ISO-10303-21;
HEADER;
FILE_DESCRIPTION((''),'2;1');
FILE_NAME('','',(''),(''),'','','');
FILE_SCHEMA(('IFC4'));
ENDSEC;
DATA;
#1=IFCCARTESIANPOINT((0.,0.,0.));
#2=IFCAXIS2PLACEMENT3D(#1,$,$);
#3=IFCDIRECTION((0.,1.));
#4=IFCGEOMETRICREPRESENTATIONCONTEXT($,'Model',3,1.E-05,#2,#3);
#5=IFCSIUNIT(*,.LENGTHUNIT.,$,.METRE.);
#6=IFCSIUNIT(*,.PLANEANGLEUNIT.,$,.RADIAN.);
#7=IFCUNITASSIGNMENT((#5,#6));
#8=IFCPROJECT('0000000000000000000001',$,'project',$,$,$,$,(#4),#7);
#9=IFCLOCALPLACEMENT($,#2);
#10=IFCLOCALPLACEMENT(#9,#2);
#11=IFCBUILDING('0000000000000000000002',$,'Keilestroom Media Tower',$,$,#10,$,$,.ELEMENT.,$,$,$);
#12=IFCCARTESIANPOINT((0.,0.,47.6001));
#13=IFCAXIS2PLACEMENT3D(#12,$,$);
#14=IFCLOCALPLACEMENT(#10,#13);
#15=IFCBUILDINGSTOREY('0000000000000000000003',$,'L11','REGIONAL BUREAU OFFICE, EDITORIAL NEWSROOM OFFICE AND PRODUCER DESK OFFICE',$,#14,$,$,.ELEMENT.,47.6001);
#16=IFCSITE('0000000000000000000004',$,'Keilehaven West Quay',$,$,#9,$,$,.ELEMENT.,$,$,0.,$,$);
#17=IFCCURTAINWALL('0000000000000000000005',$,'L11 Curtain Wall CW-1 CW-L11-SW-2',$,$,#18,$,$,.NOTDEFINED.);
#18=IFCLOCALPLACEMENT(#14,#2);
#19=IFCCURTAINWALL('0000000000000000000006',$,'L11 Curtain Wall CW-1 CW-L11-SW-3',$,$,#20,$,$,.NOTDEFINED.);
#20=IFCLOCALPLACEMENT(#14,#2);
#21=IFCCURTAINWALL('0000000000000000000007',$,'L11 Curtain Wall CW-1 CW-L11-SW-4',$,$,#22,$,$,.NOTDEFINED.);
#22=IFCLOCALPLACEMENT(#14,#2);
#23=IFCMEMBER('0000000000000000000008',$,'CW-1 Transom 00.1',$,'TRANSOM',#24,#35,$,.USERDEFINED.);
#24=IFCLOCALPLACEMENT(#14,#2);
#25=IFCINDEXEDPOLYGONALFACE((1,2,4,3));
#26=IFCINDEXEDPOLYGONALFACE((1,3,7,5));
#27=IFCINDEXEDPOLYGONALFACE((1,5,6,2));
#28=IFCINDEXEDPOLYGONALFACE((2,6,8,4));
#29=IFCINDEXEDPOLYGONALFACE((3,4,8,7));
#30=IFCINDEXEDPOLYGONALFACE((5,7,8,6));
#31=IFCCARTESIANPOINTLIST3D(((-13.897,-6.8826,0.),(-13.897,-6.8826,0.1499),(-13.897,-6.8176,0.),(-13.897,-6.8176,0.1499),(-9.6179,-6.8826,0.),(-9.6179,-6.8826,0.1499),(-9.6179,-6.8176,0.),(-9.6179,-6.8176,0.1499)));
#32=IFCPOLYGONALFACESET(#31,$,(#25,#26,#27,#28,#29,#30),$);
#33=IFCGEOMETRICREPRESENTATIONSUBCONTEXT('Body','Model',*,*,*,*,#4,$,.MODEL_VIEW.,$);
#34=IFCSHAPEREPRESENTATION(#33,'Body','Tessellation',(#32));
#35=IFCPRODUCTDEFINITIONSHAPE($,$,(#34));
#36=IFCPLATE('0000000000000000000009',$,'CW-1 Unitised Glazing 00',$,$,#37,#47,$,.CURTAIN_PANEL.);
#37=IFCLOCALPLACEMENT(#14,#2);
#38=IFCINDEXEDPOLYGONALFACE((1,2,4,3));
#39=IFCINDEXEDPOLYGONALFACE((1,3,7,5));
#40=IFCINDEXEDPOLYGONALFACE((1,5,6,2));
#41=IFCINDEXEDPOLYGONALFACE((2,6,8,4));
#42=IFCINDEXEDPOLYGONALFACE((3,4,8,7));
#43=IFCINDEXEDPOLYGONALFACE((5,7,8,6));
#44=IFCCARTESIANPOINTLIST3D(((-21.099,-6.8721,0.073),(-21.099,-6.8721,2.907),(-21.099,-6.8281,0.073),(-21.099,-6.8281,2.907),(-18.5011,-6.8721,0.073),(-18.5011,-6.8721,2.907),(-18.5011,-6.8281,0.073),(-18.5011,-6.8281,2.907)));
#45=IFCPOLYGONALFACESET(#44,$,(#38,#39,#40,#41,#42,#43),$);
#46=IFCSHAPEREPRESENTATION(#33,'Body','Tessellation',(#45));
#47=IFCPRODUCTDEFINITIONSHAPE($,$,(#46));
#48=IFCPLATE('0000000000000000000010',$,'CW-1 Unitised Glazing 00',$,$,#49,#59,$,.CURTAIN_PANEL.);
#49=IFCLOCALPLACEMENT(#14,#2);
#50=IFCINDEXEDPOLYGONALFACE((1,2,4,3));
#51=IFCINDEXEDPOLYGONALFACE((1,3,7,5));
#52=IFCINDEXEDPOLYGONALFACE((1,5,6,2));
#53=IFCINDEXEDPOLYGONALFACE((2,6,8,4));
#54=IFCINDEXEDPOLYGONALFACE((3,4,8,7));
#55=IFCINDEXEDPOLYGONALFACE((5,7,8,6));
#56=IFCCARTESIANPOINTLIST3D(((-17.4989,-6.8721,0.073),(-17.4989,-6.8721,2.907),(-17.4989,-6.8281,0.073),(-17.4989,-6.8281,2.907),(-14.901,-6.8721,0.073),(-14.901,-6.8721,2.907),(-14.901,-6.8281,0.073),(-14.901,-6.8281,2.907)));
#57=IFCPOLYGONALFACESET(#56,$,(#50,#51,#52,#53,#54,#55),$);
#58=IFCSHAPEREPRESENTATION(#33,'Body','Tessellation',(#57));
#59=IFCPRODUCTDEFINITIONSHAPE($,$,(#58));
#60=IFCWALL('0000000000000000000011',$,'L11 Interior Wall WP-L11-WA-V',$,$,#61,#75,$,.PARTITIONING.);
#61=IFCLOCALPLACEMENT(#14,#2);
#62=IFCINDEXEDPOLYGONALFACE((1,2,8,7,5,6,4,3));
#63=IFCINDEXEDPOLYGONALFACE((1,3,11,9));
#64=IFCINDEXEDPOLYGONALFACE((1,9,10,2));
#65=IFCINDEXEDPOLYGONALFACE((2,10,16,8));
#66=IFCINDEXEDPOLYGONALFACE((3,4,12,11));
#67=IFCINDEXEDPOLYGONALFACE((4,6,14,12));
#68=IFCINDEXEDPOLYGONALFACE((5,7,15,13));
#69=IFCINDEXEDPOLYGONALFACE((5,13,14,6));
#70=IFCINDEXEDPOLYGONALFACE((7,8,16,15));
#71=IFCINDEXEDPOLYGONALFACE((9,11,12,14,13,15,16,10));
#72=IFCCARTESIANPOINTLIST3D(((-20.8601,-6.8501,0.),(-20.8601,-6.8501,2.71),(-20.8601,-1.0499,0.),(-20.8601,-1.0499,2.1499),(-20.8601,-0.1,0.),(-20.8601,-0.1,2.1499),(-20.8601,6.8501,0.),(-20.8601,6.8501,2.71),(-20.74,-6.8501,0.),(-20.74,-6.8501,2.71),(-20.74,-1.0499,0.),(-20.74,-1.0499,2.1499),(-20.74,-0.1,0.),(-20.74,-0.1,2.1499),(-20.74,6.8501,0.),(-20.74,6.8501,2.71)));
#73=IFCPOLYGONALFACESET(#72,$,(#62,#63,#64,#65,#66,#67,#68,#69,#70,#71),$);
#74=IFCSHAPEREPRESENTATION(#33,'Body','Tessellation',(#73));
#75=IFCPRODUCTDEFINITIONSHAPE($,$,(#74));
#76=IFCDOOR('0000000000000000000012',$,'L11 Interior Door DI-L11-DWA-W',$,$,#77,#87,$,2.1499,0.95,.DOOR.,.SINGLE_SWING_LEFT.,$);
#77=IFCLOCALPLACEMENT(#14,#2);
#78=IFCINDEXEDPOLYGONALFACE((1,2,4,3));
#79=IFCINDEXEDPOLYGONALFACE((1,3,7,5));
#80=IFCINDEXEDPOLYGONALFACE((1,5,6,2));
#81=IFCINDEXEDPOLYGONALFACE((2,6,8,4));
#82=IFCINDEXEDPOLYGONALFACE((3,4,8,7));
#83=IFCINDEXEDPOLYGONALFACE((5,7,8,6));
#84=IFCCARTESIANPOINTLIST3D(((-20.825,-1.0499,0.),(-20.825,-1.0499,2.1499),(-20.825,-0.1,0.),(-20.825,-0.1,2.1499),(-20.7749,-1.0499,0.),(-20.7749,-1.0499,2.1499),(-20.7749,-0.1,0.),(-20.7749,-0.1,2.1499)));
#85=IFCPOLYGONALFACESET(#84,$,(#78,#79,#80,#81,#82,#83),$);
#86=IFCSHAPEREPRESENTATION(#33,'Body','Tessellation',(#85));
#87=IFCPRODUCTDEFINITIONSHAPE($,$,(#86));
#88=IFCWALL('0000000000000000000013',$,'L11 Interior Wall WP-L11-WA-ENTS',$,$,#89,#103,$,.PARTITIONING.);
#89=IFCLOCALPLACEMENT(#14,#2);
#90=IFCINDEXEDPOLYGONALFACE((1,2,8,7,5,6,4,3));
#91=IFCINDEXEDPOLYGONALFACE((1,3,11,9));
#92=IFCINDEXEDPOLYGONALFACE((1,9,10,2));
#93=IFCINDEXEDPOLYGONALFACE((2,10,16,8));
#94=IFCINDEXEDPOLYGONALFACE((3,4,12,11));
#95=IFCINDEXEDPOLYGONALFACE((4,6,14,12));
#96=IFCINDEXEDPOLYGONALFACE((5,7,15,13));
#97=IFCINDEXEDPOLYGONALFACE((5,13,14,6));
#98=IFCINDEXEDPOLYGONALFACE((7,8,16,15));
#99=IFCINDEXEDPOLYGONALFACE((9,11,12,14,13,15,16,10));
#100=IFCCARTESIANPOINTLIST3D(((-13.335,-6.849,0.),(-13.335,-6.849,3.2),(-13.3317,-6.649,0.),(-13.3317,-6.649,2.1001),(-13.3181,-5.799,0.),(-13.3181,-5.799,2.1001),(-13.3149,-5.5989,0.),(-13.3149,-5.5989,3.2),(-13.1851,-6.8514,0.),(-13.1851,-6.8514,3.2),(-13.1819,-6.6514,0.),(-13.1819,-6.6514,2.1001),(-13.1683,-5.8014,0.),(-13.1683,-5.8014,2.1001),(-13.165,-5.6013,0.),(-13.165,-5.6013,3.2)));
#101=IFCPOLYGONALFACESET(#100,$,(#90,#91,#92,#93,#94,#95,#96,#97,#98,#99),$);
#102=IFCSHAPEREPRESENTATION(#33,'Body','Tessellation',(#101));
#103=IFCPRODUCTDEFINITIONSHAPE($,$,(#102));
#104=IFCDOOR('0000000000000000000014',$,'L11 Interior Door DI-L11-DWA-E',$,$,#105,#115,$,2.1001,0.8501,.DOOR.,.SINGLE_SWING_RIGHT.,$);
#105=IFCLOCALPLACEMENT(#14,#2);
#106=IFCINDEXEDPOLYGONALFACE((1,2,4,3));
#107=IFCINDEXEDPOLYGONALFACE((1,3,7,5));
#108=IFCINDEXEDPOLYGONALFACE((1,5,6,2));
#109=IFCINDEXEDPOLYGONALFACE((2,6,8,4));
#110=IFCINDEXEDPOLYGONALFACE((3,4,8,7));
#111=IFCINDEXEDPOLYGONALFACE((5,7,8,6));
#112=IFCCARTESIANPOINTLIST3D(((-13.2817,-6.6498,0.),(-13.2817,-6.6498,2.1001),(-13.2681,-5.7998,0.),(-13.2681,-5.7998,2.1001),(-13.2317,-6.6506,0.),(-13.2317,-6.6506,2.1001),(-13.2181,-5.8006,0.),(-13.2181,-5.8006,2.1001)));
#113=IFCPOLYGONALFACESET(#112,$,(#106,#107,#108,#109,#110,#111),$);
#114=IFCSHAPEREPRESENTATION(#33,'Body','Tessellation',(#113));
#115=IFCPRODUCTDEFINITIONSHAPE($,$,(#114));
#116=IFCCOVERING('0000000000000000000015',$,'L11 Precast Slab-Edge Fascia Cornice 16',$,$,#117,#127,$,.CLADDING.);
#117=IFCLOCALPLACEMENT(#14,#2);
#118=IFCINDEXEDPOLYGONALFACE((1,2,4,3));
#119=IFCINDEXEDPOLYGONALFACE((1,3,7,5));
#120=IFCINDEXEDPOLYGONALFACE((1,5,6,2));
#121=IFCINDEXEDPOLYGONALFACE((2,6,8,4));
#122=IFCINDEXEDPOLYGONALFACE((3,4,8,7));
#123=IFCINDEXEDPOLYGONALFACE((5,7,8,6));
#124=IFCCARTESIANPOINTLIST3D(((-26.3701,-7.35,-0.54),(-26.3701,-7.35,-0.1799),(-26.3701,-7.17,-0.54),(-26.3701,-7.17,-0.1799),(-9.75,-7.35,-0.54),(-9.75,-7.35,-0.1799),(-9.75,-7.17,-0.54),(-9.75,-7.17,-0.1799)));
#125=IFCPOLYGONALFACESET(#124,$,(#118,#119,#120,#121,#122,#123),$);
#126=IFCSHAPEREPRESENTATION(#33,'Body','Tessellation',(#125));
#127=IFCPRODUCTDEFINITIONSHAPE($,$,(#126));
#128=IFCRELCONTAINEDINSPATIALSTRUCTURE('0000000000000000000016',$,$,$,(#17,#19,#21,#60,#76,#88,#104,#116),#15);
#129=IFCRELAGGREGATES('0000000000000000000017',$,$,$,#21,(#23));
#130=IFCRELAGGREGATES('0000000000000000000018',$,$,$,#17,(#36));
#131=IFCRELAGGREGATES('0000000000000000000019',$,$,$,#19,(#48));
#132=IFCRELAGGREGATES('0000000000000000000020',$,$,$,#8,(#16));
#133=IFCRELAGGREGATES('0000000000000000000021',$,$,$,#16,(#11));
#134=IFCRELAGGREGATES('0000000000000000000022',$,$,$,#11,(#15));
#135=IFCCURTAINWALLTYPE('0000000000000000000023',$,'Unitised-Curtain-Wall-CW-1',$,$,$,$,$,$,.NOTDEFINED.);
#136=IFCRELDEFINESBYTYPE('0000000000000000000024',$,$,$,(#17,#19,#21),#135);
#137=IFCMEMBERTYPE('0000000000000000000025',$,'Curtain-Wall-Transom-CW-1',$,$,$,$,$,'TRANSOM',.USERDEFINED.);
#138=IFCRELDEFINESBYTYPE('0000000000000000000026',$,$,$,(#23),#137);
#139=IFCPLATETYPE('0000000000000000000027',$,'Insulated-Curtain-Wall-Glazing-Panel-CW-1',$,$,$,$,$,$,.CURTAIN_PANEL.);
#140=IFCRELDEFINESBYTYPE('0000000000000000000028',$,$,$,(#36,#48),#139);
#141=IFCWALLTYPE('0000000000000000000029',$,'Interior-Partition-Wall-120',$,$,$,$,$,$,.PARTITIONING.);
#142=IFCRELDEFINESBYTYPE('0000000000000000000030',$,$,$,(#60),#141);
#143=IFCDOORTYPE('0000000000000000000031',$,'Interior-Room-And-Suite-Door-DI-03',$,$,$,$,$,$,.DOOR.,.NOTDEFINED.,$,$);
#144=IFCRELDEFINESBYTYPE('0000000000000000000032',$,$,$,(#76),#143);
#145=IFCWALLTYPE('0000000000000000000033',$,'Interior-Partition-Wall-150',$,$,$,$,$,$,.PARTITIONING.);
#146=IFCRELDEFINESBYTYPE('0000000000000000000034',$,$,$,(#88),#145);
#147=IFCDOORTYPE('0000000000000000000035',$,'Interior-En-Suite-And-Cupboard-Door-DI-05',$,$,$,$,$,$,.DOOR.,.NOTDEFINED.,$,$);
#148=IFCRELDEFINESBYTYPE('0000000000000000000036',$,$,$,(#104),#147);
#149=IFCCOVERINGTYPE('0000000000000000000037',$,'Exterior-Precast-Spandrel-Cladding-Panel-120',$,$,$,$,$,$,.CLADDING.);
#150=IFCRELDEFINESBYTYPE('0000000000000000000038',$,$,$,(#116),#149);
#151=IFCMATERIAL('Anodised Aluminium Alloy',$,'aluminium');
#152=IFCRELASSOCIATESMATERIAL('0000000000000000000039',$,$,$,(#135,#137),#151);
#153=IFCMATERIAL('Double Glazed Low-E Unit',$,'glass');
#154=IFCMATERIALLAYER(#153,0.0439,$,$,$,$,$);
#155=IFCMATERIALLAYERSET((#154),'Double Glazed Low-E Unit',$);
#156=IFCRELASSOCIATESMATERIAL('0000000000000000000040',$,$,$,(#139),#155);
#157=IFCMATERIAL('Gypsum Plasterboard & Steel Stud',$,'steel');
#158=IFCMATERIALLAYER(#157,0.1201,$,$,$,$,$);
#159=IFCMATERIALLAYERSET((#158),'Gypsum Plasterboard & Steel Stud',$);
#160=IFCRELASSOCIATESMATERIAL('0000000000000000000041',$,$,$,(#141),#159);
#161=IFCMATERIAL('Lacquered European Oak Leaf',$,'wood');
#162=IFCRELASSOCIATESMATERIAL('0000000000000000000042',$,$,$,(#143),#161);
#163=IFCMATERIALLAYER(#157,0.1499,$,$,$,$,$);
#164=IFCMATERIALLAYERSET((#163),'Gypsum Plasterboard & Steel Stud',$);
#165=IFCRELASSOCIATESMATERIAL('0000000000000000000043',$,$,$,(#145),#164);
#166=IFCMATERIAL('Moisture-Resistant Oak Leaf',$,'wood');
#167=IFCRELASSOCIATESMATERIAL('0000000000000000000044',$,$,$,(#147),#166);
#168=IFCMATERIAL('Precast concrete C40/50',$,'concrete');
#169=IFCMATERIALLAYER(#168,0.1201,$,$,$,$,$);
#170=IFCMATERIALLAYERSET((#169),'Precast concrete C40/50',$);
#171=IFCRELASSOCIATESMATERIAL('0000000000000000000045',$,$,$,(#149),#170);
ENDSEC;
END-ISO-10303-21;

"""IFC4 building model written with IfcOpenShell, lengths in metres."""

from ifc_helpers import new_model, si_unit, direction, frame, frame_2d, origin, origin_2d, place, context, subcontext, project, spatial, rectangle, extrude, source, transform, mapped, material, layer, layer_set, material_profile, profile_set, type_object, element, fill, aggregate, save


model = new_model("IFC4")

# Units and contexts
model_context = context("Model", 3, precision=1e-05, world=origin(), true_north=direction((0.0, 1.0)))
body_context = subcontext(model_context, "Body", "Model", "MODEL_VIEW")
ifc_project = project(units=[si_unit("LENGTHUNIT", "METRE"), si_unit("PLANEANGLEUNIT", "RADIAN")], contexts=[model_context])

# Site, building, storey
site_placement = place(None, origin())
site = spatial("IfcSite", under=ifc_project, at=site_placement, Name="Keilehaven West Quay", CompositionType="ELEMENT", RefElevation=0.0)
building_placement = place(site_placement, origin())
building = spatial("IfcBuilding", under=site, at=building_placement, Name="Keilestroom Media Tower", CompositionType="ELEMENT")
storey_placement = place(building_placement, frame((0.0, 0.0, 47.6001)))
storey = spatial("IfcBuildingStorey", under=building, at=storey_placement, Name="L11", Description="REGIONAL BUREAU OFFICE, EDITORIAL NEWSROOM OFFICE AND PRODUCER DESK OFFICE", CompositionType="ELEMENT", Elevation=47.6001)

# Shared definitions
ifc_material_1 = material(Name="Precast concrete C40/50", Category="concrete")

# Curtain walls
ifc_material_2 = material(Name="Anodised Aluminium Alloy", Category="aluminium")
curtain_wall_type = type_object("IfcCurtainWallType", Name="Unitised-Curtain-Wall-CW-1", PredefinedType="NOTDEFINED", material=ifc_material_2)
curtain_wall_1_placement = place(storey_placement, origin())
curtain_wall_1 = element("IfcCurtainWall", 1, at=curtain_wall_1_placement, inside=storey, type_object=curtain_wall_type, Name="L11 Curtain Wall CW-1 CW-L11-SW-2", PredefinedType="NOTDEFINED")
curtain_wall_2_placement = place(storey_placement, origin())
curtain_wall_2 = element("IfcCurtainWall", 2, at=curtain_wall_2_placement, inside=storey, type_object=curtain_wall_type, Name="L11 Curtain Wall CW-1 CW-L11-SW-3", PredefinedType="NOTDEFINED")

# Curtain wall
curtain_wall_3_placement = place(storey_placement, origin())
curtain_wall_3 = element("IfcCurtainWall", 3, at=curtain_wall_3_placement, inside=storey, type_object=curtain_wall_type, Name="L11 Curtain Wall CW-1 CW-L11-SW-4", PredefinedType="NOTDEFINED")

# Member
ifc_material_profile_1 = material_profile(ifc_material_2, rectangle(XDim=0.0649, YDim=0.1499, at=origin_2d()), Name="ALU TRANSOM 65x150")
ifc_profile_set_1 = profile_set([ifc_material_profile_1], Name="Anodised Aluminium Alloy")
member_type_1 = type_object("IfcMemberType", Name="Curtain-Wall-Transom-CW-1", ElementType="TRANSOM", PredefinedType="USERDEFINED", material=ifc_profile_set_1)
shared_shape_1 = source(origin(), body_context, "Body", "SweptSolid", [
    extrude(rectangle(XDim=0.0649, YDim=0.1499, at=origin_2d()), origin(), (0.0, 0.0, 1.0), 4.2791),
])
member_1_placement = place(storey_placement, frame((-13.897, -6.8501, 0.075), z_axis=(1.0, 0.0, 0.0), x_axis=(0.0, 1.0, 0.0)))
member_1 = element("IfcMember", 4, at=member_1_placement, type_object=member_type_1, Name="CW-1 Transom 00.1", ObjectType="TRANSOM", PredefinedType="USERDEFINED", context=body_context, shape_type="MappedRepresentation", body=[
    mapped(shared_shape_1, transform((0.0, 0.0, 0.0), x_axis=(1.0, 0.0, 0.0), y_axis=(0.0, 1.0, 0.0), z_axis=(0.0, 0.0, 1.0), scale=1.0)),
])
aggregate(curtain_wall_3, [member_1])

# Plates
ifc_material_3 = material(Name="Double Glazed Low-E Unit", Category="glass")
ifc_layer_1 = layer(ifc_material_3, 0.0439)
ifc_layer_set_1 = layer_set([ifc_layer_1], Name="Double Glazed Low-E Unit")
plate_type = type_object("IfcPlateType", Name="Insulated-Curtain-Wall-Glazing-Panel-CW-1", PredefinedType="CURTAIN_PANEL", material=ifc_layer_set_1)
shared_shape_2 = source(origin(), body_context, "Body", "SweptSolid", [
    extrude(rectangle(XDim=2.5979, YDim=0.0439, at=origin_2d()), origin(), (0.0, 0.0, 1.0), 2.834),
])
plate_1_placement = place(storey_placement, frame((-19.8, -6.8501, 0.073), z_axis=(0.0, 0.0, 1.0), x_axis=(1.0, 0.0, 0.0)))
plate_1 = element("IfcPlate", 5, at=plate_1_placement, type_object=plate_type, Name="CW-1 Unitised Glazing 00", PredefinedType="CURTAIN_PANEL", context=body_context, shape_type="MappedRepresentation", body=[
    mapped(shared_shape_2, transform((0.0, 0.0, 0.0), x_axis=(1.0, 0.0, 0.0), y_axis=(0.0, 1.0, 0.0), z_axis=(0.0, 0.0, 1.0), scale=1.0)),
])
aggregate(curtain_wall_1, [plate_1])
plate_2_placement = place(storey_placement, frame((-16.2, -6.8501, 0.073), z_axis=(0.0, 0.0, 1.0), x_axis=(1.0, 0.0, 0.0)))
plate_2 = element("IfcPlate", 6, at=plate_2_placement, type_object=plate_type, Name="CW-1 Unitised Glazing 00", PredefinedType="CURTAIN_PANEL", context=body_context, shape_type="MappedRepresentation", body=[
    mapped(shared_shape_2, transform((0.0, 0.0, 0.0), x_axis=(1.0, 0.0, 0.0), y_axis=(0.0, 1.0, 0.0), z_axis=(0.0, 0.0, 1.0), scale=1.0)),
])
aggregate(curtain_wall_2, [plate_2])

# Walls, openings, doors
ifc_material_4 = material(Name="Gypsum Plasterboard & Steel Stud", Category="steel")
ifc_layer_2 = layer(ifc_material_4, 0.1201)
ifc_layer_set_2 = layer_set([ifc_layer_2], Name="Gypsum Plasterboard & Steel Stud")
wall_type_1 = type_object("IfcWallType", Name="Interior-Partition-Wall-120", PredefinedType="PARTITIONING", material=ifc_layer_set_2)
wall_1_placement = place(storey_placement, frame((-20.8, -6.8501, 0.0), z_axis=(0.0, 0.0, 1.0), x_axis=(0.0, 1.0, 0.0)))
wall_1 = element("IfcWall", 7, at=wall_1_placement, inside=storey, type_object=wall_type_1, Name="L11 Interior Wall WP-L11-WA-V", PredefinedType="PARTITIONING", context=body_context, shape_type="SweptSolid", body=[
    extrude(rectangle(XDim=13.7002, YDim=0.1201, at=frame_2d((6.8501, 0.0))), origin(), (0.0, 0.0, 1.0), 2.71),
])
opening_1_placement = place(wall_1_placement, frame((5.8, 0.0, 0.0)))
opening_1 = element("IfcOpeningElement", 8, at=opening_1_placement, cuts=wall_1, PredefinedType="OPENING", context=body_context, shape_type="SweptSolid", body=[
    extrude(rectangle(XDim=0.95, YDim=2.1499, at=frame_2d((0.4751, 1.075))), frame((0.0, 0.0701, 0.0), z_axis=(0.0, -1.0, 0.0), x_axis=(1.0, 0.0, 0.0)), (0.0, 0.0, 1.0), 0.1401),
])
ifc_material_5 = material(Name="Lacquered European Oak Leaf", Category="wood")
door_type_1 = type_object("IfcDoorType", Name="Interior-Room-And-Suite-Door-DI-03", OperationType="NOTDEFINED", PredefinedType="DOOR", material=ifc_material_5)
shared_shape_3 = source(origin(), body_context, "Body", "SweptSolid", [
    extrude(rectangle(XDim=0.95, YDim=2.1499, at=frame_2d((0.4751, 1.075))), frame((0.0, 0.0249, 0.0), z_axis=(0.0, -1.0, 0.0), x_axis=(1.0, 0.0, 0.0)), (0.0, 0.0, 1.0), 0.05),
])
door_1_placement = place(opening_1_placement, origin())
door_1 = element("IfcDoor", 9, at=door_1_placement, inside=storey, type_object=door_type_1, Name="L11 Interior Door DI-L11-DWA-W", OperationType="SINGLE_SWING_LEFT", OverallHeight=2.1499, OverallWidth=0.95, PredefinedType="DOOR", context=body_context, shape_type="MappedRepresentation", body=[
    mapped(shared_shape_3, transform((0.0, 0.0, 0.0), x_axis=(1.0, 0.0, 0.0), y_axis=(0.0, 1.0, 0.0), z_axis=(0.0, 0.0, 1.0), scale=1.0)),
])
fill(opening_1, door_1)
ifc_layer_3 = layer(ifc_material_4, 0.1499)
ifc_layer_set_3 = layer_set([ifc_layer_3], Name="Gypsum Plasterboard & Steel Stud")
wall_type_2 = type_object("IfcWallType", Name="Interior-Partition-Wall-150", PredefinedType="PARTITIONING", material=ifc_layer_set_3)
wall_2_placement = place(storey_placement, frame((-13.26, -6.8501, 0.0), z_axis=(0.0, 0.0, 1.0), x_axis=(0.016014, 0.999872, 0.0)))
wall_2 = element("IfcWall", 10, at=wall_2_placement, inside=storey, type_object=wall_type_2, Name="L11 Interior Wall WP-L11-WA-ENTS", PredefinedType="PARTITIONING", context=body_context, shape_type="SweptSolid", body=[
    extrude(rectangle(XDim=1.2502, YDim=0.1499, at=frame_2d((0.625, 0.0))), origin(), (0.0, 0.0, 1.0), 3.2),
])
opening_2_placement = place(wall_2_placement, frame((0.2, 0.0, 0.0)))
opening_2 = element("IfcOpeningElement", 11, at=opening_2_placement, cuts=wall_2, PredefinedType="OPENING", context=body_context, shape_type="SweptSolid", body=[
    extrude(rectangle(XDim=0.8501, YDim=2.1001, at=frame_2d((0.425, 1.05))), frame((0.0, 0.085, 0.0), z_axis=(0.0, -1.0, 0.0), x_axis=(1.0, 0.0, 0.0)), (0.0, 0.0, 1.0), 0.1699),
])
ifc_material_6 = material(Name="Moisture-Resistant Oak Leaf", Category="wood")
door_type_2 = type_object("IfcDoorType", Name="Interior-En-Suite-And-Cupboard-Door-DI-05", OperationType="NOTDEFINED", PredefinedType="DOOR", material=ifc_material_6)
shared_shape_4 = source(origin(), body_context, "Body", "SweptSolid", [
    extrude(rectangle(XDim=0.8501, YDim=2.1001, at=frame_2d((0.425, 1.05))), frame((0.0, 0.0249, 0.0), z_axis=(0.0, -1.0, 0.0), x_axis=(1.0, 0.0, 0.0)), (0.0, 0.0, 1.0), 0.05),
])
door_2_placement = place(opening_2_placement, origin())
door_2 = element("IfcDoor", 12, at=door_2_placement, inside=storey, type_object=door_type_2, Name="L11 Interior Door DI-L11-DWA-E", OperationType="SINGLE_SWING_RIGHT", OverallHeight=2.1001, OverallWidth=0.8501, PredefinedType="DOOR", context=body_context, shape_type="MappedRepresentation", body=[
    mapped(shared_shape_4, transform((0.0, 0.0, 0.0), x_axis=(1.0, 0.0, 0.0), y_axis=(0.0, 1.0, 0.0), z_axis=(0.0, 0.0, 1.0), scale=1.0)),
])
fill(opening_2, door_2)

# Covering
ifc_layer_4 = layer(ifc_material_1, 0.1201)
ifc_layer_set_4 = layer_set([ifc_layer_4], Name="Precast concrete C40/50")
covering_type = type_object("IfcCoveringType", Name="Exterior-Precast-Spandrel-Cladding-Panel-120", PredefinedType="CLADDING", material=ifc_layer_set_4)
shared_shape_5 = source(origin(), body_context, "Body", "SweptSolid", [
    extrude(rectangle(XDim=16.6201, YDim=0.1799, at=origin_2d()), origin(), (0.0, 0.0, 1.0), 0.3601),
])
covering_placement = place(storey_placement, frame((-18.0601, -7.26, -0.54), z_axis=(0.0, 0.0, 1.0), x_axis=(-1.0, 0.0, 0.0)))
element("IfcCovering", 13, at=covering_placement, inside=storey, type_object=covering_type, Name="L11 Precast Slab-Edge Fascia Cornice 16", PredefinedType="CLADDING", context=body_context, shape_type="MappedRepresentation", body=[
    mapped(shared_shape_5, transform((0.0, 0.0, 0.0), x_axis=(1.0, 0.0, 0.0), y_axis=(0.0, 1.0, 0.0), z_axis=(0.0, 0.0, 1.0), scale=1.0)),
])

save(model, "model.ifc")
